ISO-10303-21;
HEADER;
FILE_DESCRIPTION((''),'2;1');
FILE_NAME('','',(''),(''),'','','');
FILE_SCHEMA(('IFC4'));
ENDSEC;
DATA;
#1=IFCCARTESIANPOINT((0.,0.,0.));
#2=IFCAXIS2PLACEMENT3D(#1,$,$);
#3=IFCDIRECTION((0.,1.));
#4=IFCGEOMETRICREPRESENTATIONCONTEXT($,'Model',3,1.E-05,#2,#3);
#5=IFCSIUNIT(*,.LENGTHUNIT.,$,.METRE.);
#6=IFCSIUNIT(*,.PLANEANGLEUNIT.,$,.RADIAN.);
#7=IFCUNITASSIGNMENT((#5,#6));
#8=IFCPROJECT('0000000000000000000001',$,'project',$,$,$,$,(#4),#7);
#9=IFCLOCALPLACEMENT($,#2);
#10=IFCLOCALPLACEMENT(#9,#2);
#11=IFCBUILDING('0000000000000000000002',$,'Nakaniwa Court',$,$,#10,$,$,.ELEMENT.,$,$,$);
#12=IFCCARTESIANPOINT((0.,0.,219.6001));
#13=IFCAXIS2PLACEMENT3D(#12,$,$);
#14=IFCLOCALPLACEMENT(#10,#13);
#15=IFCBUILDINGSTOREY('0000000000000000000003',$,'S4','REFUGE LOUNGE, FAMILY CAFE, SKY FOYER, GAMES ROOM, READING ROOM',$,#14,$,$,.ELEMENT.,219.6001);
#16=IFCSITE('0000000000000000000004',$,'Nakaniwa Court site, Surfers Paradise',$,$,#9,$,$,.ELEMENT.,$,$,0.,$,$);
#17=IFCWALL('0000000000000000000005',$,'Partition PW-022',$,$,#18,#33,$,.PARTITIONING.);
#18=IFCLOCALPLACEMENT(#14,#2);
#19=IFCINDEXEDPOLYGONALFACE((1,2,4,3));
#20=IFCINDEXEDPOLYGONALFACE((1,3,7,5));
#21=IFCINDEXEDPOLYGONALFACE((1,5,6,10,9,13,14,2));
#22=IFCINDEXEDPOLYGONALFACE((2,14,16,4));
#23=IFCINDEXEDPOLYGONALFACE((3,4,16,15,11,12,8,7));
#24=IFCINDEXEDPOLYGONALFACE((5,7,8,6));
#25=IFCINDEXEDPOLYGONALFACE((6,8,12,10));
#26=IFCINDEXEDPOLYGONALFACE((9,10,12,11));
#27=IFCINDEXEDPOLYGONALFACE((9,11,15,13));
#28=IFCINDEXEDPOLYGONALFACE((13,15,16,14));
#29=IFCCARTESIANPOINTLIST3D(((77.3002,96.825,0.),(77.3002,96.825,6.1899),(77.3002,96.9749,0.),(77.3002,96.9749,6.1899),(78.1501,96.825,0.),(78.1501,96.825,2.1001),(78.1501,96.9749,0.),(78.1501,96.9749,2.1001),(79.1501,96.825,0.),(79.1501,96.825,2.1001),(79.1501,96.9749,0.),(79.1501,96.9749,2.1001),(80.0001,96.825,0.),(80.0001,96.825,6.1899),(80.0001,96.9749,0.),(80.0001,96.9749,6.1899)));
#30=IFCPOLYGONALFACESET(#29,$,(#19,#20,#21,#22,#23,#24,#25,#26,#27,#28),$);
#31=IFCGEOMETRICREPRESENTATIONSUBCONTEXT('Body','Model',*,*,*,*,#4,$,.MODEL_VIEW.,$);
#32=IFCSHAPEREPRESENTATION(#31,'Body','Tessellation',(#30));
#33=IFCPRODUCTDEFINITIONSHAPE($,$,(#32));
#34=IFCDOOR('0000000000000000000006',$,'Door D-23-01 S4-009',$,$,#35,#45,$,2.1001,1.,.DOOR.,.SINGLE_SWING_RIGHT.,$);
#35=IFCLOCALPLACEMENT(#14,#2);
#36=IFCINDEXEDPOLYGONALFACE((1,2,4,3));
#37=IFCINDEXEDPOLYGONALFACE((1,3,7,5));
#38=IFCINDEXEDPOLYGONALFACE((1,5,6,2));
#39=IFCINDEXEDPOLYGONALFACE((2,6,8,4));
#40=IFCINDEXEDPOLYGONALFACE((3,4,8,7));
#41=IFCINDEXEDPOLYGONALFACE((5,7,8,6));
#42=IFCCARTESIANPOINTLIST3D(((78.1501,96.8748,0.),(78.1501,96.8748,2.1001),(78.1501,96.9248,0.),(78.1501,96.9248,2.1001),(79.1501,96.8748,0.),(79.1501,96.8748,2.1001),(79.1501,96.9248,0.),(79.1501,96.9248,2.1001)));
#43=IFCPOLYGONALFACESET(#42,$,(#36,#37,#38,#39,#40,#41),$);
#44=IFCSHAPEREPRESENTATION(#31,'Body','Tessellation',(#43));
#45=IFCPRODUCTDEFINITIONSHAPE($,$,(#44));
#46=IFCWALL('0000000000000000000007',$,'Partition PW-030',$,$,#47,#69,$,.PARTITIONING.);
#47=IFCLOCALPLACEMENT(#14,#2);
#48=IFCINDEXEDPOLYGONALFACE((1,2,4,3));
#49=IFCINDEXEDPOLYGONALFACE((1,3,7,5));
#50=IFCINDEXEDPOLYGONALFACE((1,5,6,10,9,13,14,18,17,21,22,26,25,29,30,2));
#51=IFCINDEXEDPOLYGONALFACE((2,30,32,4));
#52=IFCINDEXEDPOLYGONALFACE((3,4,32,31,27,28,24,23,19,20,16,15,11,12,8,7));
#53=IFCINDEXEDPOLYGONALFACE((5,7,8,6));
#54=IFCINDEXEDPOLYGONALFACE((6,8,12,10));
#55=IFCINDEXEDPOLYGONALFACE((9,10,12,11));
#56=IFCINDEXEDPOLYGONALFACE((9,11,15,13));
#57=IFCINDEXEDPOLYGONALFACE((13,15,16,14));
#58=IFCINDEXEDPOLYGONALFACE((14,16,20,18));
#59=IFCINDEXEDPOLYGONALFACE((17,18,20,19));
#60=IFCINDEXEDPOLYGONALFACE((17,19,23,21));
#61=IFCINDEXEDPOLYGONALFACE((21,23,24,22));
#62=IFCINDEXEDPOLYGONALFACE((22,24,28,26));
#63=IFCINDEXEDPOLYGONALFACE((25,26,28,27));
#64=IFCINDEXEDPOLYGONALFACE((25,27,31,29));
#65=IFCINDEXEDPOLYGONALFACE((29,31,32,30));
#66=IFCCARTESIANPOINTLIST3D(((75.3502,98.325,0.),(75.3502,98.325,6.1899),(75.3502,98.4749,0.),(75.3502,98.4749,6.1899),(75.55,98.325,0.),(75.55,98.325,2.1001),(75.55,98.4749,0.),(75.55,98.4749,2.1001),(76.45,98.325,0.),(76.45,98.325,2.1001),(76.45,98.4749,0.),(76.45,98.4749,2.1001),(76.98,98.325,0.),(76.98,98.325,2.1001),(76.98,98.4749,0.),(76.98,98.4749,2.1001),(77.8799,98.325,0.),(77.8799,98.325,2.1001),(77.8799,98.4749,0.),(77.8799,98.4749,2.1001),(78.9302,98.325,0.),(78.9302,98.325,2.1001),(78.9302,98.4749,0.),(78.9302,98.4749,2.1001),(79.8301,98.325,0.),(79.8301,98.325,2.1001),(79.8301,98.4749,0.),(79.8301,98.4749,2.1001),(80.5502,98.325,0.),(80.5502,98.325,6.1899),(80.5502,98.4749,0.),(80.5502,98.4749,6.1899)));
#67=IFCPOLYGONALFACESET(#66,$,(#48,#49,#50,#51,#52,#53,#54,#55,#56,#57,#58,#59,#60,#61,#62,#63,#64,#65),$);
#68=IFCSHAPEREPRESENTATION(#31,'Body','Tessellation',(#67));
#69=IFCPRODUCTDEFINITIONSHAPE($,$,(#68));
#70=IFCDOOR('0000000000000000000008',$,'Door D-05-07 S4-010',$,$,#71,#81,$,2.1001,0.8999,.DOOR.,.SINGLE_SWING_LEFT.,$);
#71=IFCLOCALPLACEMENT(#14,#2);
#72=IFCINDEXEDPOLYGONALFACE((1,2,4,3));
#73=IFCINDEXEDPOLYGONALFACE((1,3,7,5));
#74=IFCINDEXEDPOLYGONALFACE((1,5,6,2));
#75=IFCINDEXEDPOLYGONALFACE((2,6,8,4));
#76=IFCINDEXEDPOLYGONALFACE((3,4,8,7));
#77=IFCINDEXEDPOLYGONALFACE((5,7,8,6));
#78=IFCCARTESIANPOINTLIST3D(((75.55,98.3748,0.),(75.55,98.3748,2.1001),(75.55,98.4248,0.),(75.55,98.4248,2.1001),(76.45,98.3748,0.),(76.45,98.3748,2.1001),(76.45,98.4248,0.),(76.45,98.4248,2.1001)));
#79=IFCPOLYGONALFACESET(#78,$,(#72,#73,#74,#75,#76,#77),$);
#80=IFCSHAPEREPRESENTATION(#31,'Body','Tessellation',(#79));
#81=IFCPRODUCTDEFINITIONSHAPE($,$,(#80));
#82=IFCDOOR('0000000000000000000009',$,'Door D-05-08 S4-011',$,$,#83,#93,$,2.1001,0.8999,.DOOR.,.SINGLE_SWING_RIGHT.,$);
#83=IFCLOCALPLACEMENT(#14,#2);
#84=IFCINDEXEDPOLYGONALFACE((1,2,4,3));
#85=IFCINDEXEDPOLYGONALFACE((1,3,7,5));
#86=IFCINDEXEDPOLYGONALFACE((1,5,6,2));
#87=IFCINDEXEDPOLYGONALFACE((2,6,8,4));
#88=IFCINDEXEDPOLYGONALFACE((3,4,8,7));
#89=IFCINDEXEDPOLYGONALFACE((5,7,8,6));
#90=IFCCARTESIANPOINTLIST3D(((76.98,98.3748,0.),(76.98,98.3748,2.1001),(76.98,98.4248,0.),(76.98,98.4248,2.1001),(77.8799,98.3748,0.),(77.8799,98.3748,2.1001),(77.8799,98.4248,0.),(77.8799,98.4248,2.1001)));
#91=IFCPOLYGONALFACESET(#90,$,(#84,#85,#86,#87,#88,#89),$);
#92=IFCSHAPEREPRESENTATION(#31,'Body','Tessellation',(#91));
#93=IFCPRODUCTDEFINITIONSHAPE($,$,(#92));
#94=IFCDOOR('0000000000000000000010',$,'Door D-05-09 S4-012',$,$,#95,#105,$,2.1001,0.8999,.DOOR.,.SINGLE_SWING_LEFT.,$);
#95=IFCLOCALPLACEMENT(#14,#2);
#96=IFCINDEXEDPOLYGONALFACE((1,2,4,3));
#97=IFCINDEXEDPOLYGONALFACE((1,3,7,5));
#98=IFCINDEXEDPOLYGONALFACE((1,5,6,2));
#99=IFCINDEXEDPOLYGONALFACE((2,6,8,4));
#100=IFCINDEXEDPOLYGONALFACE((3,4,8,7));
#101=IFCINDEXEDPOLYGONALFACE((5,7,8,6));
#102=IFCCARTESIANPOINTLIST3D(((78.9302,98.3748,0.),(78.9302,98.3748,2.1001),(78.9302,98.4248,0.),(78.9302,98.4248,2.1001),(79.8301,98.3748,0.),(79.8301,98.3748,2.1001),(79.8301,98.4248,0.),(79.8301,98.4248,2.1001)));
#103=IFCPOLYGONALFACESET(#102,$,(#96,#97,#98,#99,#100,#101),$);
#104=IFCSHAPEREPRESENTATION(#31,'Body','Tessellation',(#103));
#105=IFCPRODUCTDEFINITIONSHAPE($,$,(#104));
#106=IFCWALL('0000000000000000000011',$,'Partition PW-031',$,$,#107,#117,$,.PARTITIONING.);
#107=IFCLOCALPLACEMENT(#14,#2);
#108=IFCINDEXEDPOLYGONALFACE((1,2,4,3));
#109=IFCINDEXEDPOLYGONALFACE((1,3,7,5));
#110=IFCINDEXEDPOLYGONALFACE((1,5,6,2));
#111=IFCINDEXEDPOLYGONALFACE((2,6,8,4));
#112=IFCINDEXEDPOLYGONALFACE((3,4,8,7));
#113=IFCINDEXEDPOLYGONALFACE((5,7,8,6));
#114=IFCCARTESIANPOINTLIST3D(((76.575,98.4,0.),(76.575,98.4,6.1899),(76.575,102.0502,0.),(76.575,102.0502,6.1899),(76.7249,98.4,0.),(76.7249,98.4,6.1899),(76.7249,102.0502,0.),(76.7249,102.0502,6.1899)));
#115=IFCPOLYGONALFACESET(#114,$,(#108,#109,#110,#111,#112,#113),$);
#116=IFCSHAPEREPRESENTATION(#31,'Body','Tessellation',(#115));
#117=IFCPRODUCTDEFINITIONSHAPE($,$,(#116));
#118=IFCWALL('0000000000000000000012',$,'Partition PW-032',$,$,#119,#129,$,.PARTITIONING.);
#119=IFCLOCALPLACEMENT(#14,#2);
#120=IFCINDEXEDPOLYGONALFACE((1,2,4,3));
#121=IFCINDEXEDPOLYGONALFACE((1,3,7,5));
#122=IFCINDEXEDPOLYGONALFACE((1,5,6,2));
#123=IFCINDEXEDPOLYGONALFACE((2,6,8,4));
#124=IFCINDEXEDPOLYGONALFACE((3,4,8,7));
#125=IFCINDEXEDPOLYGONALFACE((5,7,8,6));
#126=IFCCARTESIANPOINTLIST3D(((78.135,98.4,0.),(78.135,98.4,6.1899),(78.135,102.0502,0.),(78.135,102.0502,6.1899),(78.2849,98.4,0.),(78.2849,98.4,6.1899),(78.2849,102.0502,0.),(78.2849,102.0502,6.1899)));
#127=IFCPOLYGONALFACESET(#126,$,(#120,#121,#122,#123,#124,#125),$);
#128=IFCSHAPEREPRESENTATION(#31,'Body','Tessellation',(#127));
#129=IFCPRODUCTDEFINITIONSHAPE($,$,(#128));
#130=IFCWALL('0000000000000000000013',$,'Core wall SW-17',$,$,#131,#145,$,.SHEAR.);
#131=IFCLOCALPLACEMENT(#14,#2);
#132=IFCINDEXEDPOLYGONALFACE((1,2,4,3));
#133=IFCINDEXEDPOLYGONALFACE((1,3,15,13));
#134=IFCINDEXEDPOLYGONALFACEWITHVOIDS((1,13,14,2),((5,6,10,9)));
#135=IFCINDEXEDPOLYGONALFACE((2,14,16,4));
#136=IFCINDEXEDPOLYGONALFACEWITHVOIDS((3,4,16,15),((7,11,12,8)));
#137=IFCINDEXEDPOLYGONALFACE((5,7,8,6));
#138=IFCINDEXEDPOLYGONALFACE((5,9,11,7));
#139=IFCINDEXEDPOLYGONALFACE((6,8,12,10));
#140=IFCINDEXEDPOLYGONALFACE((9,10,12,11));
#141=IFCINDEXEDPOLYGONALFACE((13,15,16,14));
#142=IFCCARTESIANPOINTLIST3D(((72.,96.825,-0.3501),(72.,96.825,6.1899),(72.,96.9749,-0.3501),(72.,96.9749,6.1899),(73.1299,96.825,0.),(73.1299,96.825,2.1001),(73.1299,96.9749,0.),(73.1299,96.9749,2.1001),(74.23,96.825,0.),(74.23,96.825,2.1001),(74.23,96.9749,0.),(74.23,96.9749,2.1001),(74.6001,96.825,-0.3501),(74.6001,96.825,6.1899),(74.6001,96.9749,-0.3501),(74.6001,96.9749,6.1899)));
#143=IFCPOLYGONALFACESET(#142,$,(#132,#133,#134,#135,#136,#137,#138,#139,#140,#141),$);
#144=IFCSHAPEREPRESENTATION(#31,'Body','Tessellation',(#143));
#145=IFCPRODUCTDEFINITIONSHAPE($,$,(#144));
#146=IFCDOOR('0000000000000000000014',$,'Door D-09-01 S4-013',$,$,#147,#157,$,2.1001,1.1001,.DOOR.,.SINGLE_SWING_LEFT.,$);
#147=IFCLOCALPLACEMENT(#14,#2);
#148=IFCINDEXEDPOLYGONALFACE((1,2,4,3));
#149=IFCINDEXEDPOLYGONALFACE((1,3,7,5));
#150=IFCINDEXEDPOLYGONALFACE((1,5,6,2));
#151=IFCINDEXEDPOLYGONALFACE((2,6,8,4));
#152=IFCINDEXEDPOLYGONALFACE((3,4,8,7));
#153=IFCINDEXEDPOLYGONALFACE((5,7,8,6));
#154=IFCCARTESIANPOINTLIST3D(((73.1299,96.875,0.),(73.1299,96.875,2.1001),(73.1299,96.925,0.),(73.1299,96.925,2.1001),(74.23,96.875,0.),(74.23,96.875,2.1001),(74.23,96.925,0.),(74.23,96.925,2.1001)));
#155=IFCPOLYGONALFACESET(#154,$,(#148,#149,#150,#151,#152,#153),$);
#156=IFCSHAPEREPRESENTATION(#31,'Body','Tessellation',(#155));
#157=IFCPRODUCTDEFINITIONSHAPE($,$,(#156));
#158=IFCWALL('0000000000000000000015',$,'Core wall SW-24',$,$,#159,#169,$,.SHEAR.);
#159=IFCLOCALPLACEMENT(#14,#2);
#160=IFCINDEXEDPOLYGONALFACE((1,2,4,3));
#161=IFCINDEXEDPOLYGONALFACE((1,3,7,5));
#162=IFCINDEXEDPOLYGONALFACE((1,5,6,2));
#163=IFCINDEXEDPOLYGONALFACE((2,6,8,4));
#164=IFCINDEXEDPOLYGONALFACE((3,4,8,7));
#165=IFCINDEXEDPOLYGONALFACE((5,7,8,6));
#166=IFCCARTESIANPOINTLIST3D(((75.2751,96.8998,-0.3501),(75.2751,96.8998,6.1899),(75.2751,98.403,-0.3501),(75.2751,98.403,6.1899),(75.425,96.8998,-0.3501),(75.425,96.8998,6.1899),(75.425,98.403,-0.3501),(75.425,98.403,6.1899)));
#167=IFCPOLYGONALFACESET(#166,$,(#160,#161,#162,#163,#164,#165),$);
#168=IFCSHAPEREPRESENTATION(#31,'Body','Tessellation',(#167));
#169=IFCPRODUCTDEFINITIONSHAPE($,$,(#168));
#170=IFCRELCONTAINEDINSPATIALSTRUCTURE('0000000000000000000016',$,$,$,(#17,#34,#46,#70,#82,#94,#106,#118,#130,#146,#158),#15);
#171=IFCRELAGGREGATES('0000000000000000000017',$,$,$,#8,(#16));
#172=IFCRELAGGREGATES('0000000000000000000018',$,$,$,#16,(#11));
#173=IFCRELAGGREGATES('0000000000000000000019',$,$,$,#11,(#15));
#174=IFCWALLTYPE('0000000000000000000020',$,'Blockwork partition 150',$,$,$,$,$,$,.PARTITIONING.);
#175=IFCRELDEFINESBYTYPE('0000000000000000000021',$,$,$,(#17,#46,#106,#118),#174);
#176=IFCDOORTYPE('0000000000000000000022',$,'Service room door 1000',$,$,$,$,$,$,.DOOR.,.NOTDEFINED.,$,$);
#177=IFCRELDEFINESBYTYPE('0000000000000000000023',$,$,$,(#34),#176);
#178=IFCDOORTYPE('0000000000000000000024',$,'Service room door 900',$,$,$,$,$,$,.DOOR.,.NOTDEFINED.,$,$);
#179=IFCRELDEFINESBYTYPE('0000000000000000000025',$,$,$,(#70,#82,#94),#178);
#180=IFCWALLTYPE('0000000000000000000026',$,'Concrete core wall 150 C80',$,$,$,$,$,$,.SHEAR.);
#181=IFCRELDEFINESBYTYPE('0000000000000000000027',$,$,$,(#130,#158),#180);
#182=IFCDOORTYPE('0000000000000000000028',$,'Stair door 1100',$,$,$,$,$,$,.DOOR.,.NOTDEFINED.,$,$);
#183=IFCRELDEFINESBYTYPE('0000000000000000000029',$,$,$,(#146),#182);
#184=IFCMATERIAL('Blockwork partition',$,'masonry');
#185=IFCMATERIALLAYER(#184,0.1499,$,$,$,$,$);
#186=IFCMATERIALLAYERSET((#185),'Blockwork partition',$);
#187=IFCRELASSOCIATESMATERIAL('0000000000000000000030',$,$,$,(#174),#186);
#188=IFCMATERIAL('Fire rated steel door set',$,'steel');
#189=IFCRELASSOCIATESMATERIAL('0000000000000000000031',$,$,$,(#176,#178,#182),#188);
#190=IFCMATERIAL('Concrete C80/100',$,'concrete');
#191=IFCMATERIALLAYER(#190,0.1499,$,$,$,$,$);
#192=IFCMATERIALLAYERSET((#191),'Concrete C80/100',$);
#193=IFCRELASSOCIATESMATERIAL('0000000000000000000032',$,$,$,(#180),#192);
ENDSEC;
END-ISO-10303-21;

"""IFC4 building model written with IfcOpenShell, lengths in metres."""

from ifc_helpers import new_model, si_unit, direction, frame, frame_2d, origin, place, context, subcontext, project, spatial, rectangle, extrude, material, layer, layer_set, type_object, element, fill, save


model = new_model("IFC4")

# Units and contexts
model_context = context("Model", 3, precision=1e-05, world=origin(), true_north=direction((0.0, 1.0)))
body_context = subcontext(model_context, "Body", "Model", "MODEL_VIEW")
ifc_project = project(units=[si_unit("LENGTHUNIT", "METRE"), si_unit("PLANEANGLEUNIT", "RADIAN")], contexts=[model_context])

# Site, building, storey
site_placement = place(None, origin())
site = spatial("IfcSite", under=ifc_project, at=site_placement, Name="Nakaniwa Court site, Surfers Paradise", CompositionType="ELEMENT", RefElevation=0.0)
building_placement = place(site_placement, origin())
building = spatial("IfcBuilding", under=site, at=building_placement, Name="Nakaniwa Court", CompositionType="ELEMENT")
storey_placement = place(building_placement, frame((0.0, 0.0, 219.6001)))
storey = spatial("IfcBuildingStorey", under=building, at=storey_placement, Name="S4", Description="REFUGE LOUNGE, FAMILY CAFE, SKY FOYER, GAMES ROOM, READING ROOM", CompositionType="ELEMENT", Elevation=219.6001)

# Wall, opening, door
ifc_material_1 = material(Name="Blockwork partition", Category="masonry")
ifc_layer_1 = layer(ifc_material_1, 0.1499)
ifc_layer_set_1 = layer_set([ifc_layer_1], Name="Blockwork partition")
wall_type_1 = type_object("IfcWallType", Name="Blockwork partition 150", PredefinedType="PARTITIONING", material=ifc_layer_set_1)
wall_1_placement = place(storey_placement, frame((77.3, 96.8999, 0.0), z_axis=(0.0, 0.0, 1.0), x_axis=(1.0, 0.0, 0.0)))
wall_1 = element("IfcWall", 1, at=wall_1_placement, inside=storey, type_object=wall_type_1, Name="Partition PW-022", PredefinedType="PARTITIONING", context=body_context, shape_type="SweptSolid", body=[
    extrude(rectangle(XDim=2.7, YDim=0.1499, at=frame_2d((1.3501, 0.0))), origin(), (0.0, 0.0, 1.0), 6.1899),
])
opening_1_placement = place(wall_1_placement, frame((0.8501, 0.0, 0.0)))
opening_1 = element("IfcOpeningElement", 2, at=opening_1_placement, cuts=wall_1, PredefinedType="OPENING", context=body_context, shape_type="SweptSolid", body=[
    extrude(rectangle(XDim=1.0, YDim=2.1001, at=frame_2d((0.5, 1.05))), frame((0.0, 0.085, 0.0), z_axis=(0.0, -1.0, 0.0), x_axis=(1.0, 0.0, 0.0)), (0.0, 0.0, 1.0), 0.1699),
])
ifc_material_2 = material(Name="Fire rated steel door set", Category="steel")
door_type_1 = type_object("IfcDoorType", Name="Service room door 1000", OperationType="NOTDEFINED", PredefinedType="DOOR", material=ifc_material_2)
door_1_placement = place(opening_1_placement, origin())
door_1 = element("IfcDoor", 3, at=door_1_placement, inside=storey, type_object=door_type_1, Name="Door D-23-01 S4-009", OperationType="SINGLE_SWING_RIGHT", OverallHeight=2.1001, OverallWidth=1.0, PredefinedType="DOOR", context=body_context, shape_type="SweptSolid", body=[
    extrude(rectangle(XDim=1.0, YDim=2.1001, at=frame_2d((0.5, 1.05))), frame((0.0, 0.0249, 0.0), z_axis=(0.0, -1.0, 0.0), x_axis=(1.0, 0.0, 0.0)), (0.0, 0.0, 1.0), 0.05),
])
fill(opening_1, door_1)

# Wall, openings, doors
wall_2_placement = place(storey_placement, frame((75.3501, 98.3999, 0.0), z_axis=(0.0, 0.0, 1.0), x_axis=(1.0, 0.0, 0.0)))
wall_2 = element("IfcWall", 4, at=wall_2_placement, inside=storey, type_object=wall_type_1, Name="Partition PW-030", PredefinedType="PARTITIONING", context=body_context, shape_type="SweptSolid", body=[
    extrude(rectangle(XDim=5.2, YDim=0.1499, at=frame_2d((2.6001, 0.0))), origin(), (0.0, 0.0, 1.0), 6.1899),
])
opening_2_placement = place(wall_2_placement, frame((0.2, 0.0, 0.0)))
opening_2 = element("IfcOpeningElement", 5, at=opening_2_placement, cuts=wall_2, PredefinedType="OPENING", context=body_context, shape_type="SweptSolid", body=[
    extrude(rectangle(XDim=0.8999, YDim=2.1001, at=frame_2d((0.45, 1.05))), frame((0.0, 0.085, 0.0), z_axis=(0.0, -1.0, 0.0), x_axis=(1.0, 0.0, 0.0)), (0.0, 0.0, 1.0), 0.1699),
])
opening_3_placement = place(wall_2_placement, frame((1.6299, 0.0, 0.0)))
opening_3 = element("IfcOpeningElement", 6, at=opening_3_placement, cuts=wall_2, PredefinedType="OPENING", context=body_context, shape_type="SweptSolid", body=[
    extrude(rectangle(XDim=0.8999, YDim=2.1001, at=frame_2d((0.45, 1.05))), frame((0.0, 0.085, 0.0), z_axis=(0.0, -1.0, 0.0), x_axis=(1.0, 0.0, 0.0)), (0.0, 0.0, 1.0), 0.1699),
])
opening_4_placement = place(wall_2_placement, frame((3.5801, 0.0, 0.0)))
opening_4 = element("IfcOpeningElement", 7, at=opening_4_placement, cuts=wall_2, PredefinedType="OPENING", context=body_context, shape_type="SweptSolid", body=[
    extrude(rectangle(XDim=0.8999, YDim=2.1001, at=frame_2d((0.45, 1.05))), frame((0.0, 0.085, 0.0), z_axis=(0.0, -1.0, 0.0), x_axis=(1.0, 0.0, 0.0)), (0.0, 0.0, 1.0), 0.1699),
])
door_type_2 = type_object("IfcDoorType", Name="Service room door 900", OperationType="NOTDEFINED", PredefinedType="DOOR", material=ifc_material_2)
door_2_placement = place(opening_2_placement, origin())
door_2 = element("IfcDoor", 8, at=door_2_placement, inside=storey, type_object=door_type_2, Name="Door D-05-07 S4-010", OperationType="SINGLE_SWING_LEFT", OverallHeight=2.1001, OverallWidth=0.8999, PredefinedType="DOOR", context=body_context, shape_type="SweptSolid", body=[
    extrude(rectangle(XDim=0.8999, YDim=2.1001, at=frame_2d((0.45, 1.05))), frame((0.0, 0.0249, 0.0), z_axis=(0.0, -1.0, 0.0), x_axis=(1.0, 0.0, 0.0)), (0.0, 0.0, 1.0), 0.05),
])
fill(opening_2, door_2)
door_3_placement = place(opening_3_placement, origin())
door_3 = element("IfcDoor", 9, at=door_3_placement, inside=storey, type_object=door_type_2, Name="Door D-05-08 S4-011", OperationType="SINGLE_SWING_RIGHT", OverallHeight=2.1001, OverallWidth=0.8999, PredefinedType="DOOR", context=body_context, shape_type="SweptSolid", body=[
    extrude(rectangle(XDim=0.8999, YDim=2.1001, at=frame_2d((0.45, 1.05))), frame((0.0, 0.0249, 0.0), z_axis=(0.0, -1.0, 0.0), x_axis=(1.0, 0.0, 0.0)), (0.0, 0.0, 1.0), 0.05),
])
fill(opening_3, door_3)
door_4_placement = place(opening_4_placement, origin())
door_4 = element("IfcDoor", 10, at=door_4_placement, inside=storey, type_object=door_type_2, Name="Door D-05-09 S4-012", OperationType="SINGLE_SWING_LEFT", OverallHeight=2.1001, OverallWidth=0.8999, PredefinedType="DOOR", context=body_context, shape_type="SweptSolid", body=[
    extrude(rectangle(XDim=0.8999, YDim=2.1001, at=frame_2d((0.45, 1.05))), frame((0.0, 0.0249, 0.0), z_axis=(0.0, -1.0, 0.0), x_axis=(1.0, 0.0, 0.0)), (0.0, 0.0, 1.0), 0.05),
])
fill(opening_4, door_4)

# Walls
for number, where, z_axis, x_axis, name in (
    (11, (76.6499, 98.3999, 0.0), (0.0, 0.0, 1.0), (0.0, 1.0, 0.0), "Partition PW-031"),
    (12, (78.21, 98.3999, 0.0), (0.0, 0.0, 1.0), (0.0, 1.0, 0.0), "Partition PW-032"),
):
    element("IfcWall", number, at=place(storey_placement, frame(where, z_axis=z_axis, x_axis=x_axis)), inside=storey, type_object=wall_type_1, Name=name, PredefinedType="PARTITIONING", context=body_context, shape_type="SweptSolid", body=[
        extrude(rectangle(XDim=3.6501, YDim=0.1499, at=frame_2d((1.8252, 0.0))), origin(), (0.0, 0.0, 1.0), 6.1899),
    ])

# Wall, opening, door
ifc_material_3 = material(Name="Concrete C80/100", Category="concrete")
ifc_layer_2 = layer(ifc_material_3, 0.1499)
ifc_layer_set_2 = layer_set([ifc_layer_2], Name="Concrete C80/100")
wall_type_2 = type_object("IfcWallType", Name="Concrete core wall 150 C80", PredefinedType="SHEAR", material=ifc_layer_set_2)
wall_3_placement = place(storey_placement, frame((74.6001, 96.8999, -0.3501), z_axis=(0.0, 0.0, 1.0), x_axis=(-1.0, 0.0, 0.0)))
wall_3 = element("IfcWall", 13, at=wall_3_placement, inside=storey, type_object=wall_type_2, Name="Core wall SW-17", PredefinedType="SHEAR", context=body_context, shape_type="SweptSolid", body=[
    extrude(rectangle(XDim=2.6001, YDim=0.1499, at=frame_2d((1.3, 0.0))), origin(), (0.0, 0.0, 1.0), 6.54),
])
opening_5_placement = place(wall_3_placement, frame((0.3701, 0.0, 0.3501)))
opening_5 = element("IfcOpeningElement", 14, at=opening_5_placement, cuts=wall_3, PredefinedType="OPENING", context=body_context, shape_type="SweptSolid", body=[
    extrude(rectangle(XDim=1.1001, YDim=2.1001, at=frame_2d((0.55, 1.05))), frame((0.0, 0.085, 0.0), z_axis=(0.0, -1.0, 0.0), x_axis=(1.0, 0.0, 0.0)), (0.0, 0.0, 1.0), 0.1699),
])
door_type_3 = type_object("IfcDoorType", Name="Stair door 1100", OperationType="NOTDEFINED", PredefinedType="DOOR", material=ifc_material_2)
door_5_placement = place(opening_5_placement, origin())
door_5 = element("IfcDoor", 15, at=door_5_placement, inside=storey, type_object=door_type_3, Name="Door D-09-01 S4-013", OperationType="SINGLE_SWING_LEFT", OverallHeight=2.1001, OverallWidth=1.1001, PredefinedType="DOOR", context=body_context, shape_type="SweptSolid", body=[
    extrude(rectangle(XDim=1.1001, YDim=2.1001, at=frame_2d((0.55, 1.05))), frame((0.0, 0.0249, 0.0), z_axis=(0.0, -1.0, 0.0), x_axis=(1.0, 0.0, 0.0)), (0.0, 0.0, 1.0), 0.05),
])
fill(opening_5, door_5)

# Wall
wall_4_placement = place(storey_placement, frame((75.3501, 96.8999, -0.3501), z_axis=(0.0, 0.0, 1.0), x_axis=(0.0, 1.0, 0.0)))
element("IfcWall", 16, at=wall_4_placement, inside=storey, type_object=wall_type_2, Name="Core wall SW-24", PredefinedType="SHEAR", context=body_context, shape_type="SweptSolid", body=[
    extrude(rectangle(XDim=1.5032, YDim=0.1499, at=frame_2d((0.7515, 0.0))), origin(), (0.0, 0.0, 1.0), 6.54),
])

save(model, "model.ifc")
